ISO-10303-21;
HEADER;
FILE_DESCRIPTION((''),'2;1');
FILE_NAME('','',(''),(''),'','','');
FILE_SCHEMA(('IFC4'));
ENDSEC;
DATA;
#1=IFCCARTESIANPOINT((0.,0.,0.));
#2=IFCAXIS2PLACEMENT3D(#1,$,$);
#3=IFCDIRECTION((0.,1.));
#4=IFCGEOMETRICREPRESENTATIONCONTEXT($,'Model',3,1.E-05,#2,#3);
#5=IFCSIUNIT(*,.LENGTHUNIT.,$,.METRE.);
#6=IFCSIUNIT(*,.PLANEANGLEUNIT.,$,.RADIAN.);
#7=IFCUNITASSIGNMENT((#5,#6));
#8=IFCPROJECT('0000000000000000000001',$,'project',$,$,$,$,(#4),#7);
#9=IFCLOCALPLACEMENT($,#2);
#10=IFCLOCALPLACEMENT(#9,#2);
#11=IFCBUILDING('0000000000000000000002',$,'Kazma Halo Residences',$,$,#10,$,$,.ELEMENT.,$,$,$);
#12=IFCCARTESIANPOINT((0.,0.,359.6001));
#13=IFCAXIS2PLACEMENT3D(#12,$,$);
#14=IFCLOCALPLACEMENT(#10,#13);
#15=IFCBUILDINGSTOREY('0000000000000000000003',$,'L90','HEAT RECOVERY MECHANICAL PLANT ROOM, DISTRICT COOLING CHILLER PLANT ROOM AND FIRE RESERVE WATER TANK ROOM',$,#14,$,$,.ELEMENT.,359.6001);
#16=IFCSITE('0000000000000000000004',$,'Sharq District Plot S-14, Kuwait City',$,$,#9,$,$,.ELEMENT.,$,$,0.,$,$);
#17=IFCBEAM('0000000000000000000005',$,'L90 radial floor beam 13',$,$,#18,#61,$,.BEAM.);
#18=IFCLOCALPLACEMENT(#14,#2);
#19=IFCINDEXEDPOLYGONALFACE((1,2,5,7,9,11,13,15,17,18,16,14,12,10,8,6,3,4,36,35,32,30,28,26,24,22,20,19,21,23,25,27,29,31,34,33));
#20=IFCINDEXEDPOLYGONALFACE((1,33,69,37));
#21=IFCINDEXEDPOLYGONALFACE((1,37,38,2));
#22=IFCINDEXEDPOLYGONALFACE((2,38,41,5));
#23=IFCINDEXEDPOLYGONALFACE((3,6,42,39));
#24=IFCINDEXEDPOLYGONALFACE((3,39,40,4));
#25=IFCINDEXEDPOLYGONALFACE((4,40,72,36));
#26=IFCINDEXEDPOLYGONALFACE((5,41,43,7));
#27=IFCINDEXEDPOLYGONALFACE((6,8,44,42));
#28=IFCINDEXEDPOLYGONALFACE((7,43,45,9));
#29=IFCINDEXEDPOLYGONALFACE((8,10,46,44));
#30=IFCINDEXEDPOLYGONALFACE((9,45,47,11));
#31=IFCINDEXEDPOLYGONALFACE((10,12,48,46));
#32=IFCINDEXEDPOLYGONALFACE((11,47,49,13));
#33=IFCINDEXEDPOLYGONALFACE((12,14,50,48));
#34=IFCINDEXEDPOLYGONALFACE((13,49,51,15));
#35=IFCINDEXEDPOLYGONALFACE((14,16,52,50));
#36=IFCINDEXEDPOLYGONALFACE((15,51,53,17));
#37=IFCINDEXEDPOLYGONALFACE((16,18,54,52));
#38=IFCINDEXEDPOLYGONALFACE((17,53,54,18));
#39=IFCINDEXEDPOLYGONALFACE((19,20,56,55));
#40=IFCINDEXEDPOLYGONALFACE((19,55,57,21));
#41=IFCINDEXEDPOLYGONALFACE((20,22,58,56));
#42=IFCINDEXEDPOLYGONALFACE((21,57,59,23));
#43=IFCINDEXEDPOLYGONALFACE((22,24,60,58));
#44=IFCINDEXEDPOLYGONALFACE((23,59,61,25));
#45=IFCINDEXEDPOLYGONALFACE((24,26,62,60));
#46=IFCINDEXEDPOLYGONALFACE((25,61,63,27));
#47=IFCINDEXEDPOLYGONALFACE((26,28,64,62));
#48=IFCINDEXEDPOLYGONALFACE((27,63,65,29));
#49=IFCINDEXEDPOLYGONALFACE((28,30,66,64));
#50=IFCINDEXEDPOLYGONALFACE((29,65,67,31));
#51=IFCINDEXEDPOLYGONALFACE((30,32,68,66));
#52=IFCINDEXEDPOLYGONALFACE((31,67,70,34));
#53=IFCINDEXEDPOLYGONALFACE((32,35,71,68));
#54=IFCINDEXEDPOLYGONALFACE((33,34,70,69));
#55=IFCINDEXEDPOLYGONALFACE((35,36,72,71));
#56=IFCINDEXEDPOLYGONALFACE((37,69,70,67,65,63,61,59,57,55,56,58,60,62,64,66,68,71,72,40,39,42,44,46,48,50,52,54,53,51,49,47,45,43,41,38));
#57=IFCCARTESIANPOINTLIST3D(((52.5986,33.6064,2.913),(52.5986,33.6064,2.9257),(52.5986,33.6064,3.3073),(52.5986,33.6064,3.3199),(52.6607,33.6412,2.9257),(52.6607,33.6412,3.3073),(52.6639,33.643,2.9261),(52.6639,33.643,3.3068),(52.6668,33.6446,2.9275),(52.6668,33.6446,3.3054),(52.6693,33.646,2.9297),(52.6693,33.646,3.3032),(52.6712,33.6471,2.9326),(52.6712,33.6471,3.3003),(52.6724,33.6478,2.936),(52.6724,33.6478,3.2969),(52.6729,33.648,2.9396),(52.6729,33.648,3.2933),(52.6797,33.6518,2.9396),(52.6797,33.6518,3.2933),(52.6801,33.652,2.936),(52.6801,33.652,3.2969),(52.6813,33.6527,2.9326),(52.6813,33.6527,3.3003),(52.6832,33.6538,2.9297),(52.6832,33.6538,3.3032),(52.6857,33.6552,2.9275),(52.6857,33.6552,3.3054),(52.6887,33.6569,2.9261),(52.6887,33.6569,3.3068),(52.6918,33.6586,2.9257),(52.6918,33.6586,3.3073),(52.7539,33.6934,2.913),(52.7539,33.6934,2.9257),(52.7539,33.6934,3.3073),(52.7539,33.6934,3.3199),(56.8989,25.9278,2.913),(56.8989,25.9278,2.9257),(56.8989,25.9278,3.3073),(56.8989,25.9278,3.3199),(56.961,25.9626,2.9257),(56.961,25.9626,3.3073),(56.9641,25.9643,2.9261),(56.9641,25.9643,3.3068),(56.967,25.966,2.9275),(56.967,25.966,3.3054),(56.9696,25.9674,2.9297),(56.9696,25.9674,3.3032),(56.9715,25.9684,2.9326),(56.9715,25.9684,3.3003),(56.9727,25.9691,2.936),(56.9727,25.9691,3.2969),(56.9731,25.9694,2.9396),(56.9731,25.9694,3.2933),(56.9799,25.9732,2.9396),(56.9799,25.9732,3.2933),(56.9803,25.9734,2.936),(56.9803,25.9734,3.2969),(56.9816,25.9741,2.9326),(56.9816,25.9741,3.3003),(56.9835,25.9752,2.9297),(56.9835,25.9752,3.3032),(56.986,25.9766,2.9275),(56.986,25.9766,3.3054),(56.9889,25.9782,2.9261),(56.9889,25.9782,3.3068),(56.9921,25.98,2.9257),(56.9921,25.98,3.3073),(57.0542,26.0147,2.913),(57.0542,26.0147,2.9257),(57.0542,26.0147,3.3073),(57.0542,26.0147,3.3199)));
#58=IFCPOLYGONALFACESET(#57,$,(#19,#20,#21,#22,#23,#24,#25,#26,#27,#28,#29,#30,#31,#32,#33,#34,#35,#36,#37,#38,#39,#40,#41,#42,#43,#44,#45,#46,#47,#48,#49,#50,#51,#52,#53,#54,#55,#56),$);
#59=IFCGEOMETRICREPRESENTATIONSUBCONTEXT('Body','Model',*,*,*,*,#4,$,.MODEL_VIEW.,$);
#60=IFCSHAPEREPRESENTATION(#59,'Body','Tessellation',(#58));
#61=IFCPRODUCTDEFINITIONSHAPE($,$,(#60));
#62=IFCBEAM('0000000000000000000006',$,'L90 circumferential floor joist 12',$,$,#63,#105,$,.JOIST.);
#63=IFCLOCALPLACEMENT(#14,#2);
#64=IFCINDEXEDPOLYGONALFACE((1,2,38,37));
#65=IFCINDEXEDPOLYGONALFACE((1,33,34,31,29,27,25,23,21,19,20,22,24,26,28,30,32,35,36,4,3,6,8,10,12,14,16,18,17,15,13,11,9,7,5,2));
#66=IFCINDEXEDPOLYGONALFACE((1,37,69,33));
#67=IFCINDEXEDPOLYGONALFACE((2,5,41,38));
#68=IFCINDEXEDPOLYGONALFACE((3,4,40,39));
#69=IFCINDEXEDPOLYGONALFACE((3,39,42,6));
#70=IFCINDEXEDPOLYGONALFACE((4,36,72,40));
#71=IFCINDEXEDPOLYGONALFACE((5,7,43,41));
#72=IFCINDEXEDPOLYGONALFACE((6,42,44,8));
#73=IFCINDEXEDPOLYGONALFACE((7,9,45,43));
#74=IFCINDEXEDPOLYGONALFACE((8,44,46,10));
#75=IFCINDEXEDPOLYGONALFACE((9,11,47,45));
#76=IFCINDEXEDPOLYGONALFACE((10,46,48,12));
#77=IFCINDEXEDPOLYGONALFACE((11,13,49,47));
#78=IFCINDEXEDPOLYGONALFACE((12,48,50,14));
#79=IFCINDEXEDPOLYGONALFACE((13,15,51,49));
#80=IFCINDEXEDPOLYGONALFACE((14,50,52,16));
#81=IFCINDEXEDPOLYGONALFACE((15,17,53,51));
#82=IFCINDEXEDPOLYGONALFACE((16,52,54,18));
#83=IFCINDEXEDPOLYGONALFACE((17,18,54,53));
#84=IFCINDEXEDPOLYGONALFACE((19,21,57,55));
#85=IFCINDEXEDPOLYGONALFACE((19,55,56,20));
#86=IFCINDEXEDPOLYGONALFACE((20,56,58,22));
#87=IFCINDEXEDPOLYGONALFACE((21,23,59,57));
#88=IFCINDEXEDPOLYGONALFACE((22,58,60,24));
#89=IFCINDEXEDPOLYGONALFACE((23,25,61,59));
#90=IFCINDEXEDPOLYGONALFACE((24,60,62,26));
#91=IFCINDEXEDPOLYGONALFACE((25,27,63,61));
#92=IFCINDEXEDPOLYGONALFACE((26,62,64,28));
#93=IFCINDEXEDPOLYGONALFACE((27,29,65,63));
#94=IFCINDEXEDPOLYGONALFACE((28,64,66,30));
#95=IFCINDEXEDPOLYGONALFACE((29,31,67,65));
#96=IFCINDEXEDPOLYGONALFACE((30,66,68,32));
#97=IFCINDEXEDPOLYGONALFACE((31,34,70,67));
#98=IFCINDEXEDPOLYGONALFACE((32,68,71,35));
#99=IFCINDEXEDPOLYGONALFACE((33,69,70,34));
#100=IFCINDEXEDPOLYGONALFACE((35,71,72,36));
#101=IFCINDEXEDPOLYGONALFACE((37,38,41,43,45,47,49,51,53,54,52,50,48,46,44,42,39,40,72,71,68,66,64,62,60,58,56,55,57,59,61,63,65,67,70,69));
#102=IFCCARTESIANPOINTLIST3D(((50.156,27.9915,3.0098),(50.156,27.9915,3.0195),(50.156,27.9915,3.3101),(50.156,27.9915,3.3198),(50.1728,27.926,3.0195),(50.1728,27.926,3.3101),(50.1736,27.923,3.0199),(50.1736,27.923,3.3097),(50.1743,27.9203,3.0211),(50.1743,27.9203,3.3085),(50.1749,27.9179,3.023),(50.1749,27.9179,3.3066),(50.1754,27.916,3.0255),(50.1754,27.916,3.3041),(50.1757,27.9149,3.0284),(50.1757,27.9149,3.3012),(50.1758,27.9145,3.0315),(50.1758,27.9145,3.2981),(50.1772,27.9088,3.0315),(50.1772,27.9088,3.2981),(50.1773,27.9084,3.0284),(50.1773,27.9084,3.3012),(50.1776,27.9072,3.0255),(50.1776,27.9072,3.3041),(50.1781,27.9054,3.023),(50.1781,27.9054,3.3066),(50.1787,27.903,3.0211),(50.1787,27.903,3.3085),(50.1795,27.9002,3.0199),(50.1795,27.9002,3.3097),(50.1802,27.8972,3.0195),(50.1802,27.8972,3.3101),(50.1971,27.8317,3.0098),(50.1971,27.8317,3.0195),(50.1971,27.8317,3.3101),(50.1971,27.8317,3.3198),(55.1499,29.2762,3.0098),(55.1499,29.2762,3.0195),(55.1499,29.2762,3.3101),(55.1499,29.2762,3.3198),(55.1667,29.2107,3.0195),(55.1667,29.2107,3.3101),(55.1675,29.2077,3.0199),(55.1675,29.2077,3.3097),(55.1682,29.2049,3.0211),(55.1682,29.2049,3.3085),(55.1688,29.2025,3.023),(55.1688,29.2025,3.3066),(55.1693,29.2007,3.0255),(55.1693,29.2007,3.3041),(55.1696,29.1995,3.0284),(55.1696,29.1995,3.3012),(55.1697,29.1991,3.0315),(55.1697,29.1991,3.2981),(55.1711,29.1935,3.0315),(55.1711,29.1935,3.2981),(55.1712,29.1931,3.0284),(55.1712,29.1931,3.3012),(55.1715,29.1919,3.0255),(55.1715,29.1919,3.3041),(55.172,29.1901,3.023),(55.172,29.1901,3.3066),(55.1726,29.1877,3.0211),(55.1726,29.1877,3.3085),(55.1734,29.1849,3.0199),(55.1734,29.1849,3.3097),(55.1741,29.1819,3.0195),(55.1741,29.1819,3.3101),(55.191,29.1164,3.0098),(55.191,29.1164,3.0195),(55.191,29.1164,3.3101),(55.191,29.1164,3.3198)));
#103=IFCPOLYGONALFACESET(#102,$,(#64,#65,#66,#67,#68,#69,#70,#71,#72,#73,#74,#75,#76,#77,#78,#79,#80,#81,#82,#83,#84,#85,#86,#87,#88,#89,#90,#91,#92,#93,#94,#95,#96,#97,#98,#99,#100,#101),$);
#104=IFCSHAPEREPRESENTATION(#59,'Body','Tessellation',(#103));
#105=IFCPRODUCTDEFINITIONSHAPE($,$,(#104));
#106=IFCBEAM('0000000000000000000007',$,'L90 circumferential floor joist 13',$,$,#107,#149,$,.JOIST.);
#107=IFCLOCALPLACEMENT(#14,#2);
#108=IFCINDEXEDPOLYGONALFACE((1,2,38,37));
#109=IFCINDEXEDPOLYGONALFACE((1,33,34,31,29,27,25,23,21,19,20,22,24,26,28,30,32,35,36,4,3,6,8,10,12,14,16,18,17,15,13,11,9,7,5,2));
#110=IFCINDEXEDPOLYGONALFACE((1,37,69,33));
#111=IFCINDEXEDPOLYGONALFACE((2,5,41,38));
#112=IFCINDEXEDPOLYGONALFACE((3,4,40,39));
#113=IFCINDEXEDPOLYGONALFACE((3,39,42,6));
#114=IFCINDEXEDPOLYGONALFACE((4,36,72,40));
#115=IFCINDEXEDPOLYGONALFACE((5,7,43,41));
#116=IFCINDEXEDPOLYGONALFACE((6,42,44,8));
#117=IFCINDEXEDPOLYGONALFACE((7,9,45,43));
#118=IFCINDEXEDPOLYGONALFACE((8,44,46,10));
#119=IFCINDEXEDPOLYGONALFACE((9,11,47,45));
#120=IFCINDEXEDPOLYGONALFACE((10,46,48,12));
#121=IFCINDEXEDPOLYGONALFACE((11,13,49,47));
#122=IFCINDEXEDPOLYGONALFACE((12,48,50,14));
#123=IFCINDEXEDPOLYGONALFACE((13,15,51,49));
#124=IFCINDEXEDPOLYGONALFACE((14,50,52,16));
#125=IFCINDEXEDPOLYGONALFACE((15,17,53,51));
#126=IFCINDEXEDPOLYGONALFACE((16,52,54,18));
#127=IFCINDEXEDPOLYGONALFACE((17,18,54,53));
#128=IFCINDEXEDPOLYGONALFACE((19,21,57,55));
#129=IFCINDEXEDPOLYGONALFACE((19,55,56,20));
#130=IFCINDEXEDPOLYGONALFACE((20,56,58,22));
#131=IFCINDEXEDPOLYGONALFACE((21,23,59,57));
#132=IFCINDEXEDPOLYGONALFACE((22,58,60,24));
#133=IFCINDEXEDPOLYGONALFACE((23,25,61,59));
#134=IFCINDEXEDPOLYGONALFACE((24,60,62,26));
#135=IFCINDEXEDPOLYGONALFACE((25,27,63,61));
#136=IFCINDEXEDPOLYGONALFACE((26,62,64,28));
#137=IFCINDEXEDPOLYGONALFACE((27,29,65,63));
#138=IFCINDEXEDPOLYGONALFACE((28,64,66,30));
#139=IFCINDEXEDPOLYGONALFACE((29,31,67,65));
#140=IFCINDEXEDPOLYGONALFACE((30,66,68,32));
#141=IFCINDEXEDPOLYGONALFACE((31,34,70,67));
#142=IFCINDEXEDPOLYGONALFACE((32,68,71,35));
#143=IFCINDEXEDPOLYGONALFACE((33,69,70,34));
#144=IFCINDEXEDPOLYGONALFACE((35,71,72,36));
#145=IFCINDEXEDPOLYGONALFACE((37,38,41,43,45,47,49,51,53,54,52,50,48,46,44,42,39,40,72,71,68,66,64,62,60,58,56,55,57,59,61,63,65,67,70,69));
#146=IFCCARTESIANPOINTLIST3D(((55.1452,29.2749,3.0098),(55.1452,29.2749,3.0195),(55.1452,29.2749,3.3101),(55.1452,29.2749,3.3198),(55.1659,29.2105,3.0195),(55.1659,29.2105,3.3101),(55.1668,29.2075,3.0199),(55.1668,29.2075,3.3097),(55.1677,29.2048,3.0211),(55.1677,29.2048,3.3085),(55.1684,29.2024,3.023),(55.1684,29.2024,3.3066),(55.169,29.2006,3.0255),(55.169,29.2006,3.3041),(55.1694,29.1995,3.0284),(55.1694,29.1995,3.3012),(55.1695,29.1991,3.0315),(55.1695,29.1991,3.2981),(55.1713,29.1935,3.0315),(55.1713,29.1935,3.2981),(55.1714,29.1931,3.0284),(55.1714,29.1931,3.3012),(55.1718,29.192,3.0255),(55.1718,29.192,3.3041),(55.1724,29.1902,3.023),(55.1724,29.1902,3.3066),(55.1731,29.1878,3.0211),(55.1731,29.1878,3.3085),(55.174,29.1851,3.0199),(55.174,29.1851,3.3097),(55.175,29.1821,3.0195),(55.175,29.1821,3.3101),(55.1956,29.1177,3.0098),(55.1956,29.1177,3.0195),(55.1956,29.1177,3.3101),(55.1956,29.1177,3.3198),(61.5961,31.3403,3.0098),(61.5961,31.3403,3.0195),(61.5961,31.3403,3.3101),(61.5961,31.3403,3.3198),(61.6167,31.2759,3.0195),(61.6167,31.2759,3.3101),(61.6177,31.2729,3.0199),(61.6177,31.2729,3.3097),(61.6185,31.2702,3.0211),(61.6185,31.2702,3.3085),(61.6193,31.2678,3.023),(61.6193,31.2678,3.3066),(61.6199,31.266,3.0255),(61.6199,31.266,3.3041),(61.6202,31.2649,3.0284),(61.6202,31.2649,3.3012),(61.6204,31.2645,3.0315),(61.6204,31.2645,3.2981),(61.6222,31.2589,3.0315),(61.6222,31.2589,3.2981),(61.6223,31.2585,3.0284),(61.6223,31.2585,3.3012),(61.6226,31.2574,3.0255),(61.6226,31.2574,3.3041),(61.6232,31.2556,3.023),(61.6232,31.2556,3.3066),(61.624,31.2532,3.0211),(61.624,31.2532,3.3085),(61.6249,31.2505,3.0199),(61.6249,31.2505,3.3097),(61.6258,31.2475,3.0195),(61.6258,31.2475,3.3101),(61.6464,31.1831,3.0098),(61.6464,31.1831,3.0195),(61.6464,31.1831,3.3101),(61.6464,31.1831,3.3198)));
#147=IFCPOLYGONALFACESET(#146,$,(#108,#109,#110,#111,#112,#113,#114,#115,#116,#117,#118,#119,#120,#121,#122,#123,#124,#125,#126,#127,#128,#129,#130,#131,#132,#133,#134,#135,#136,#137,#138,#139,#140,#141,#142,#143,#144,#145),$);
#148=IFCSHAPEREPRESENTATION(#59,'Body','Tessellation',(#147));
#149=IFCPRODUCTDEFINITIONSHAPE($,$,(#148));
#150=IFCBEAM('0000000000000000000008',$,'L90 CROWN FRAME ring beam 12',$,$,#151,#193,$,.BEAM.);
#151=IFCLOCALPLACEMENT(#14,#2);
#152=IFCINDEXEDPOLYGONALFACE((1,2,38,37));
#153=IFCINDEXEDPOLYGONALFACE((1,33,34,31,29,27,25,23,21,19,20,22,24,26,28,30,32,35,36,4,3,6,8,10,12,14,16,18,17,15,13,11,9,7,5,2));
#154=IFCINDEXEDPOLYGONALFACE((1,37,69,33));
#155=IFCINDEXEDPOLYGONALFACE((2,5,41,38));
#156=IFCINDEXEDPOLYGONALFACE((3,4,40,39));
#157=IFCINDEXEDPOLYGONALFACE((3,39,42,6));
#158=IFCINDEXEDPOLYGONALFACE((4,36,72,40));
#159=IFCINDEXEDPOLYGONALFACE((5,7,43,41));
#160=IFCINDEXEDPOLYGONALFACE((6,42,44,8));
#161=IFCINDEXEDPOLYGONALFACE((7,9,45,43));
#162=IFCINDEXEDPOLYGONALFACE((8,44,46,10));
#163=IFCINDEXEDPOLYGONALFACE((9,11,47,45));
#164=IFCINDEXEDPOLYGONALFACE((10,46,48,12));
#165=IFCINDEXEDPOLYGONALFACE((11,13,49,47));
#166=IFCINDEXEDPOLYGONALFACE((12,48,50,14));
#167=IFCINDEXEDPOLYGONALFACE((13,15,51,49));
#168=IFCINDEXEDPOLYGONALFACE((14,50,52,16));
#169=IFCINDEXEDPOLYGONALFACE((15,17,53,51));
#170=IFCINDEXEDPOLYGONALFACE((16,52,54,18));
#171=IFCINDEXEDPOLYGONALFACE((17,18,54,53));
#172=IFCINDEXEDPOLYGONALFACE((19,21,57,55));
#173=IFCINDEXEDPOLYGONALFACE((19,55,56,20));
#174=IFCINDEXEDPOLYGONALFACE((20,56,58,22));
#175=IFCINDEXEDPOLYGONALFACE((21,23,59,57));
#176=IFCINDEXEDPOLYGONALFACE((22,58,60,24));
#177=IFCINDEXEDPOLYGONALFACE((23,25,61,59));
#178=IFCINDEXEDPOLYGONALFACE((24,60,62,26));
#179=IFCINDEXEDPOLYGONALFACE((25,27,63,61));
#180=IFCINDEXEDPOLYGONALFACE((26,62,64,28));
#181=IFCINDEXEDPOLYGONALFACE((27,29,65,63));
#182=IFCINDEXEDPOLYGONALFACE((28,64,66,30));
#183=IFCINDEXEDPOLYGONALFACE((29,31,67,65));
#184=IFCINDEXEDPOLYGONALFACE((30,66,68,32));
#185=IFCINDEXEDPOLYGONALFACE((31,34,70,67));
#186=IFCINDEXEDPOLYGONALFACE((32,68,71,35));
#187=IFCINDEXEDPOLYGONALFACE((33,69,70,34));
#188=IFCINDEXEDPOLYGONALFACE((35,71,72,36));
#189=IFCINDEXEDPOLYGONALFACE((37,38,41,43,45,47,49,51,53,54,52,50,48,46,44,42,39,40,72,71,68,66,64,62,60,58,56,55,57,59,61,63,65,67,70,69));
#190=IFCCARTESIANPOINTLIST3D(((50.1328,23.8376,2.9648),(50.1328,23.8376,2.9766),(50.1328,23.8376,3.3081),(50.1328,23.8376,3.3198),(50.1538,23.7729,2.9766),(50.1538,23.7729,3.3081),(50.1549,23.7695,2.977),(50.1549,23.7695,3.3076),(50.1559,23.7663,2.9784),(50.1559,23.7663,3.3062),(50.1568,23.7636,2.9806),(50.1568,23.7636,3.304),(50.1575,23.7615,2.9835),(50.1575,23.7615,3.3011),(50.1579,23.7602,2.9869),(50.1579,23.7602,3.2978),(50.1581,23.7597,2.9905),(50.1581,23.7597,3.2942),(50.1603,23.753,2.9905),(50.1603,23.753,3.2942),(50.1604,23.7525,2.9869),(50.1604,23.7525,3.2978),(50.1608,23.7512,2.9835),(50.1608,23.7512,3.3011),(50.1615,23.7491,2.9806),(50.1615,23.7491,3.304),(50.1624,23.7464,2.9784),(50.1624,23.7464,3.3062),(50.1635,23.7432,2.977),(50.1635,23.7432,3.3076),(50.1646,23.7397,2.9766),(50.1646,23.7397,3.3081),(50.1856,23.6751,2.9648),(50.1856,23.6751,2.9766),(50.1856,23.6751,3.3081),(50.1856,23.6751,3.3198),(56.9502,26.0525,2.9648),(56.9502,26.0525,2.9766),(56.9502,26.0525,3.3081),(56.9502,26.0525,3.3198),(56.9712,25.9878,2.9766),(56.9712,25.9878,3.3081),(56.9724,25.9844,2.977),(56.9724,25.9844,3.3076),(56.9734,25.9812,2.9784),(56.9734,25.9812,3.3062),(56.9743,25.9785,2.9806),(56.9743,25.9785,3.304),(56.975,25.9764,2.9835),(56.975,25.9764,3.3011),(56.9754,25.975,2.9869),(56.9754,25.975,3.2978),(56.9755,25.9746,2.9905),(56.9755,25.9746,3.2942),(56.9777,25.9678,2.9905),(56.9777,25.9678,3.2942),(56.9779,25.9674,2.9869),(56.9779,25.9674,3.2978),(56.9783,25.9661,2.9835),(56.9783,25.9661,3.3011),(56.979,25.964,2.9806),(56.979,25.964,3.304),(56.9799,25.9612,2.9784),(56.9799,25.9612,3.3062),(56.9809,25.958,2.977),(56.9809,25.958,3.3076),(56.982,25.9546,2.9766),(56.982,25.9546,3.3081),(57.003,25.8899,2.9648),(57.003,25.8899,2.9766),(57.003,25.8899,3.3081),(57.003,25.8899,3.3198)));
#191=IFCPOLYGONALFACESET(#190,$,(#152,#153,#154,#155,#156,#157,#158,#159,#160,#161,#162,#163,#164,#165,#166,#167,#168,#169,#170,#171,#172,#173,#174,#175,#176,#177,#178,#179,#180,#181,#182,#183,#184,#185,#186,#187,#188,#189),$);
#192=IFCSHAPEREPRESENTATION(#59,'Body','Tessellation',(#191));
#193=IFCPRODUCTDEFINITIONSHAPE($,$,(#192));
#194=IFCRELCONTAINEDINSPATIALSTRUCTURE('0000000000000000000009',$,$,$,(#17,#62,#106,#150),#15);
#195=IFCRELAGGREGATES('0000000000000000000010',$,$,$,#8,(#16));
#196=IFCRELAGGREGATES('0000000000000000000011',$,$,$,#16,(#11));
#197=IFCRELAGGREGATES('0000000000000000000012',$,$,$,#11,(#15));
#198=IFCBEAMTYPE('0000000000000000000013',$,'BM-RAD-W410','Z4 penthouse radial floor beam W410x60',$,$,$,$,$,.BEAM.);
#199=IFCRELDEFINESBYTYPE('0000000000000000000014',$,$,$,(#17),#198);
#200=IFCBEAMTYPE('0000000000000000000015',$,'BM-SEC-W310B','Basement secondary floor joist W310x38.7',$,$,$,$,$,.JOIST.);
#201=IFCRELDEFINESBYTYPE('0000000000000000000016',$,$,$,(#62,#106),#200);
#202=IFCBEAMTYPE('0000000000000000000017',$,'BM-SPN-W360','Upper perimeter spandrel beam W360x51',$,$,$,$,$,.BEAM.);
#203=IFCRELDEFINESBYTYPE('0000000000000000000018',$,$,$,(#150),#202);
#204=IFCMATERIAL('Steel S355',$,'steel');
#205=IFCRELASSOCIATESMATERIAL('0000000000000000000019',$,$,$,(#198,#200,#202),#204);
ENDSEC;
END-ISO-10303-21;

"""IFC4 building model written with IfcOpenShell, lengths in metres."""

from ifc_helpers import new_model, si_unit, direction, frame, origin, origin_2d, place, context, subcontext, project, spatial, i_section, extrude, material, material_profile, profile_set, type_object, element, save


model = new_model("IFC4")

# Units and contexts
model_context = context("Model", 3, precision=1e-05, world=origin(), true_north=direction((0.0, 1.0)))
body_context = subcontext(model_context, "Body", "Model", "MODEL_VIEW")
ifc_project = project(units=[si_unit("LENGTHUNIT", "METRE"), si_unit("PLANEANGLEUNIT", "RADIAN")], contexts=[model_context])

# Site, building, storey
site_placement = place(None, origin())
site = spatial("IfcSite", under=ifc_project, at=site_placement, Name="Sharq District Plot S-14, Kuwait City", CompositionType="ELEMENT", RefElevation=0.0)
building_placement = place(site_placement, origin())
building = spatial("IfcBuilding", under=site, at=building_placement, Name="Kazma Halo Residences", CompositionType="ELEMENT")
storey_placement = place(building_placement, frame((0.0, 0.0, 359.6001)))
storey = spatial("IfcBuildingStorey", under=building, at=storey_placement, Name="L90", Description="HEAT RECOVERY MECHANICAL PLANT ROOM, DISTRICT COOLING CHILLER PLANT ROOM AND FIRE RESERVE WATER TANK ROOM", CompositionType="ELEMENT", Elevation=359.6001)

# Shared definitions
ifc_material_1 = material(Name="Steel S355", Category="steel")

# Beams
ifc_material_profile_1 = material_profile(ifc_material_1, i_section(OverallWidth=0.178, OverallDepth=0.407, WebThickness=0.0078, FlangeThickness=0.0127, FilletRadius=0.0139, at=origin_2d()), Name="W410x60")
ifc_profile_set_1 = profile_set([ifc_material_profile_1], Name="Steel S355")
beam_type_1 = type_object("IfcBeamType", Name="BM-RAD-W410", Description="Z4 penthouse radial floor beam W410x60", PredefinedType="BEAM", material=ifc_profile_set_1)
beam_1_placement = place(storey_placement, frame((52.6763, 33.6499, 3.1165), z_axis=(0.488622, -0.872496, 0.0), x_axis=(0.872496, 0.488622, 0.0)))
element("IfcBeam", 1, at=beam_1_placement, inside=storey, type_object=beam_type_1, Name="L90 radial floor beam 13", PredefinedType="BEAM", context=body_context, shape_type="SweptSolid", body=[
    extrude(i_section(OverallWidth=0.178, OverallDepth=0.407, WebThickness=0.0078, FlangeThickness=0.0127, FilletRadius=0.0139, at=origin_2d()), origin(), (0.0, 0.0, 1.0), 8.8008),
])
ifc_material_profile_2 = material_profile(ifc_material_1, i_section(OverallWidth=0.165, OverallDepth=0.3101, WebThickness=0.0059, FlangeThickness=0.0098, FilletRadius=0.012, at=origin_2d()), Name="W310x38.7")
ifc_profile_set_2 = profile_set([ifc_material_profile_2], Name="Steel S355")
beam_type_2 = type_object("IfcBeamType", Name="BM-SEC-W310B", Description="Basement secondary floor joist W310x38.7", PredefinedType="JOIST", material=ifc_profile_set_2)
beam_2_placement = place(storey_placement, frame((50.1765, 27.9116, 3.1648), z_axis=(0.968468, 0.249136, 0.0), x_axis=(-0.249136, 0.968468, 0.0)))
element("IfcBeam", 2, at=beam_2_placement, inside=storey, type_object=beam_type_2, Name="L90 circumferential floor joist 12", PredefinedType="JOIST", context=body_context, shape_type="SweptSolid", body=[
    extrude(i_section(OverallWidth=0.165, OverallDepth=0.3101, WebThickness=0.0059, FlangeThickness=0.0098, FilletRadius=0.012, at=origin_2d()), origin(), (0.0, 0.0, 1.0), 5.1565),
])
beam_3_placement = place(storey_placement, frame((55.1704, 29.1963, 3.1648), z_axis=(0.952376, 0.304927, 0.0), x_axis=(-0.304927, 0.952376, 0.0)))
element("IfcBeam", 3, at=beam_3_placement, inside=storey, type_object=beam_type_2, Name="L90 circumferential floor joist 13", PredefinedType="JOIST", context=body_context, shape_type="SweptSolid", body=[
    extrude(i_section(OverallWidth=0.165, OverallDepth=0.3101, WebThickness=0.0059, FlangeThickness=0.0098, FilletRadius=0.012, at=origin_2d()), origin(), (0.0, 0.0, 1.0), 6.7734),
])
ifc_material_profile_3 = material_profile(ifc_material_1, i_section(OverallWidth=0.1709, OverallDepth=0.355, WebThickness=0.0071, FlangeThickness=0.0117, FilletRadius=0.0139, at=origin_2d()), Name="W360x51")
ifc_profile_set_3 = profile_set([ifc_material_profile_3], Name="Steel S355")
beam_type_3 = type_object("IfcBeamType", Name="BM-SPN-W360", Description="Upper perimeter spandrel beam W360x51", PredefinedType="BEAM", material=ifc_profile_set_3)
beam_4_placement = place(storey_placement, frame((50.1592, 23.7563, 3.1423), z_axis=(0.951067, 0.308984, 0.0), x_axis=(-0.308984, 0.951067, 0.0)))
element("IfcBeam", 4, at=beam_4_placement, inside=storey, type_object=beam_type_3, Name="L90 CROWN FRAME ring beam 12", PredefinedType="BEAM", context=body_context, shape_type="SweptSolid", body=[
    extrude(i_section(OverallWidth=0.1709, OverallDepth=0.355, WebThickness=0.0071, FlangeThickness=0.0117, FilletRadius=0.0139, at=origin_2d()), origin(), (0.0, 0.0, 1.0), 7.1682),
])

save(model, "model.ifc")
